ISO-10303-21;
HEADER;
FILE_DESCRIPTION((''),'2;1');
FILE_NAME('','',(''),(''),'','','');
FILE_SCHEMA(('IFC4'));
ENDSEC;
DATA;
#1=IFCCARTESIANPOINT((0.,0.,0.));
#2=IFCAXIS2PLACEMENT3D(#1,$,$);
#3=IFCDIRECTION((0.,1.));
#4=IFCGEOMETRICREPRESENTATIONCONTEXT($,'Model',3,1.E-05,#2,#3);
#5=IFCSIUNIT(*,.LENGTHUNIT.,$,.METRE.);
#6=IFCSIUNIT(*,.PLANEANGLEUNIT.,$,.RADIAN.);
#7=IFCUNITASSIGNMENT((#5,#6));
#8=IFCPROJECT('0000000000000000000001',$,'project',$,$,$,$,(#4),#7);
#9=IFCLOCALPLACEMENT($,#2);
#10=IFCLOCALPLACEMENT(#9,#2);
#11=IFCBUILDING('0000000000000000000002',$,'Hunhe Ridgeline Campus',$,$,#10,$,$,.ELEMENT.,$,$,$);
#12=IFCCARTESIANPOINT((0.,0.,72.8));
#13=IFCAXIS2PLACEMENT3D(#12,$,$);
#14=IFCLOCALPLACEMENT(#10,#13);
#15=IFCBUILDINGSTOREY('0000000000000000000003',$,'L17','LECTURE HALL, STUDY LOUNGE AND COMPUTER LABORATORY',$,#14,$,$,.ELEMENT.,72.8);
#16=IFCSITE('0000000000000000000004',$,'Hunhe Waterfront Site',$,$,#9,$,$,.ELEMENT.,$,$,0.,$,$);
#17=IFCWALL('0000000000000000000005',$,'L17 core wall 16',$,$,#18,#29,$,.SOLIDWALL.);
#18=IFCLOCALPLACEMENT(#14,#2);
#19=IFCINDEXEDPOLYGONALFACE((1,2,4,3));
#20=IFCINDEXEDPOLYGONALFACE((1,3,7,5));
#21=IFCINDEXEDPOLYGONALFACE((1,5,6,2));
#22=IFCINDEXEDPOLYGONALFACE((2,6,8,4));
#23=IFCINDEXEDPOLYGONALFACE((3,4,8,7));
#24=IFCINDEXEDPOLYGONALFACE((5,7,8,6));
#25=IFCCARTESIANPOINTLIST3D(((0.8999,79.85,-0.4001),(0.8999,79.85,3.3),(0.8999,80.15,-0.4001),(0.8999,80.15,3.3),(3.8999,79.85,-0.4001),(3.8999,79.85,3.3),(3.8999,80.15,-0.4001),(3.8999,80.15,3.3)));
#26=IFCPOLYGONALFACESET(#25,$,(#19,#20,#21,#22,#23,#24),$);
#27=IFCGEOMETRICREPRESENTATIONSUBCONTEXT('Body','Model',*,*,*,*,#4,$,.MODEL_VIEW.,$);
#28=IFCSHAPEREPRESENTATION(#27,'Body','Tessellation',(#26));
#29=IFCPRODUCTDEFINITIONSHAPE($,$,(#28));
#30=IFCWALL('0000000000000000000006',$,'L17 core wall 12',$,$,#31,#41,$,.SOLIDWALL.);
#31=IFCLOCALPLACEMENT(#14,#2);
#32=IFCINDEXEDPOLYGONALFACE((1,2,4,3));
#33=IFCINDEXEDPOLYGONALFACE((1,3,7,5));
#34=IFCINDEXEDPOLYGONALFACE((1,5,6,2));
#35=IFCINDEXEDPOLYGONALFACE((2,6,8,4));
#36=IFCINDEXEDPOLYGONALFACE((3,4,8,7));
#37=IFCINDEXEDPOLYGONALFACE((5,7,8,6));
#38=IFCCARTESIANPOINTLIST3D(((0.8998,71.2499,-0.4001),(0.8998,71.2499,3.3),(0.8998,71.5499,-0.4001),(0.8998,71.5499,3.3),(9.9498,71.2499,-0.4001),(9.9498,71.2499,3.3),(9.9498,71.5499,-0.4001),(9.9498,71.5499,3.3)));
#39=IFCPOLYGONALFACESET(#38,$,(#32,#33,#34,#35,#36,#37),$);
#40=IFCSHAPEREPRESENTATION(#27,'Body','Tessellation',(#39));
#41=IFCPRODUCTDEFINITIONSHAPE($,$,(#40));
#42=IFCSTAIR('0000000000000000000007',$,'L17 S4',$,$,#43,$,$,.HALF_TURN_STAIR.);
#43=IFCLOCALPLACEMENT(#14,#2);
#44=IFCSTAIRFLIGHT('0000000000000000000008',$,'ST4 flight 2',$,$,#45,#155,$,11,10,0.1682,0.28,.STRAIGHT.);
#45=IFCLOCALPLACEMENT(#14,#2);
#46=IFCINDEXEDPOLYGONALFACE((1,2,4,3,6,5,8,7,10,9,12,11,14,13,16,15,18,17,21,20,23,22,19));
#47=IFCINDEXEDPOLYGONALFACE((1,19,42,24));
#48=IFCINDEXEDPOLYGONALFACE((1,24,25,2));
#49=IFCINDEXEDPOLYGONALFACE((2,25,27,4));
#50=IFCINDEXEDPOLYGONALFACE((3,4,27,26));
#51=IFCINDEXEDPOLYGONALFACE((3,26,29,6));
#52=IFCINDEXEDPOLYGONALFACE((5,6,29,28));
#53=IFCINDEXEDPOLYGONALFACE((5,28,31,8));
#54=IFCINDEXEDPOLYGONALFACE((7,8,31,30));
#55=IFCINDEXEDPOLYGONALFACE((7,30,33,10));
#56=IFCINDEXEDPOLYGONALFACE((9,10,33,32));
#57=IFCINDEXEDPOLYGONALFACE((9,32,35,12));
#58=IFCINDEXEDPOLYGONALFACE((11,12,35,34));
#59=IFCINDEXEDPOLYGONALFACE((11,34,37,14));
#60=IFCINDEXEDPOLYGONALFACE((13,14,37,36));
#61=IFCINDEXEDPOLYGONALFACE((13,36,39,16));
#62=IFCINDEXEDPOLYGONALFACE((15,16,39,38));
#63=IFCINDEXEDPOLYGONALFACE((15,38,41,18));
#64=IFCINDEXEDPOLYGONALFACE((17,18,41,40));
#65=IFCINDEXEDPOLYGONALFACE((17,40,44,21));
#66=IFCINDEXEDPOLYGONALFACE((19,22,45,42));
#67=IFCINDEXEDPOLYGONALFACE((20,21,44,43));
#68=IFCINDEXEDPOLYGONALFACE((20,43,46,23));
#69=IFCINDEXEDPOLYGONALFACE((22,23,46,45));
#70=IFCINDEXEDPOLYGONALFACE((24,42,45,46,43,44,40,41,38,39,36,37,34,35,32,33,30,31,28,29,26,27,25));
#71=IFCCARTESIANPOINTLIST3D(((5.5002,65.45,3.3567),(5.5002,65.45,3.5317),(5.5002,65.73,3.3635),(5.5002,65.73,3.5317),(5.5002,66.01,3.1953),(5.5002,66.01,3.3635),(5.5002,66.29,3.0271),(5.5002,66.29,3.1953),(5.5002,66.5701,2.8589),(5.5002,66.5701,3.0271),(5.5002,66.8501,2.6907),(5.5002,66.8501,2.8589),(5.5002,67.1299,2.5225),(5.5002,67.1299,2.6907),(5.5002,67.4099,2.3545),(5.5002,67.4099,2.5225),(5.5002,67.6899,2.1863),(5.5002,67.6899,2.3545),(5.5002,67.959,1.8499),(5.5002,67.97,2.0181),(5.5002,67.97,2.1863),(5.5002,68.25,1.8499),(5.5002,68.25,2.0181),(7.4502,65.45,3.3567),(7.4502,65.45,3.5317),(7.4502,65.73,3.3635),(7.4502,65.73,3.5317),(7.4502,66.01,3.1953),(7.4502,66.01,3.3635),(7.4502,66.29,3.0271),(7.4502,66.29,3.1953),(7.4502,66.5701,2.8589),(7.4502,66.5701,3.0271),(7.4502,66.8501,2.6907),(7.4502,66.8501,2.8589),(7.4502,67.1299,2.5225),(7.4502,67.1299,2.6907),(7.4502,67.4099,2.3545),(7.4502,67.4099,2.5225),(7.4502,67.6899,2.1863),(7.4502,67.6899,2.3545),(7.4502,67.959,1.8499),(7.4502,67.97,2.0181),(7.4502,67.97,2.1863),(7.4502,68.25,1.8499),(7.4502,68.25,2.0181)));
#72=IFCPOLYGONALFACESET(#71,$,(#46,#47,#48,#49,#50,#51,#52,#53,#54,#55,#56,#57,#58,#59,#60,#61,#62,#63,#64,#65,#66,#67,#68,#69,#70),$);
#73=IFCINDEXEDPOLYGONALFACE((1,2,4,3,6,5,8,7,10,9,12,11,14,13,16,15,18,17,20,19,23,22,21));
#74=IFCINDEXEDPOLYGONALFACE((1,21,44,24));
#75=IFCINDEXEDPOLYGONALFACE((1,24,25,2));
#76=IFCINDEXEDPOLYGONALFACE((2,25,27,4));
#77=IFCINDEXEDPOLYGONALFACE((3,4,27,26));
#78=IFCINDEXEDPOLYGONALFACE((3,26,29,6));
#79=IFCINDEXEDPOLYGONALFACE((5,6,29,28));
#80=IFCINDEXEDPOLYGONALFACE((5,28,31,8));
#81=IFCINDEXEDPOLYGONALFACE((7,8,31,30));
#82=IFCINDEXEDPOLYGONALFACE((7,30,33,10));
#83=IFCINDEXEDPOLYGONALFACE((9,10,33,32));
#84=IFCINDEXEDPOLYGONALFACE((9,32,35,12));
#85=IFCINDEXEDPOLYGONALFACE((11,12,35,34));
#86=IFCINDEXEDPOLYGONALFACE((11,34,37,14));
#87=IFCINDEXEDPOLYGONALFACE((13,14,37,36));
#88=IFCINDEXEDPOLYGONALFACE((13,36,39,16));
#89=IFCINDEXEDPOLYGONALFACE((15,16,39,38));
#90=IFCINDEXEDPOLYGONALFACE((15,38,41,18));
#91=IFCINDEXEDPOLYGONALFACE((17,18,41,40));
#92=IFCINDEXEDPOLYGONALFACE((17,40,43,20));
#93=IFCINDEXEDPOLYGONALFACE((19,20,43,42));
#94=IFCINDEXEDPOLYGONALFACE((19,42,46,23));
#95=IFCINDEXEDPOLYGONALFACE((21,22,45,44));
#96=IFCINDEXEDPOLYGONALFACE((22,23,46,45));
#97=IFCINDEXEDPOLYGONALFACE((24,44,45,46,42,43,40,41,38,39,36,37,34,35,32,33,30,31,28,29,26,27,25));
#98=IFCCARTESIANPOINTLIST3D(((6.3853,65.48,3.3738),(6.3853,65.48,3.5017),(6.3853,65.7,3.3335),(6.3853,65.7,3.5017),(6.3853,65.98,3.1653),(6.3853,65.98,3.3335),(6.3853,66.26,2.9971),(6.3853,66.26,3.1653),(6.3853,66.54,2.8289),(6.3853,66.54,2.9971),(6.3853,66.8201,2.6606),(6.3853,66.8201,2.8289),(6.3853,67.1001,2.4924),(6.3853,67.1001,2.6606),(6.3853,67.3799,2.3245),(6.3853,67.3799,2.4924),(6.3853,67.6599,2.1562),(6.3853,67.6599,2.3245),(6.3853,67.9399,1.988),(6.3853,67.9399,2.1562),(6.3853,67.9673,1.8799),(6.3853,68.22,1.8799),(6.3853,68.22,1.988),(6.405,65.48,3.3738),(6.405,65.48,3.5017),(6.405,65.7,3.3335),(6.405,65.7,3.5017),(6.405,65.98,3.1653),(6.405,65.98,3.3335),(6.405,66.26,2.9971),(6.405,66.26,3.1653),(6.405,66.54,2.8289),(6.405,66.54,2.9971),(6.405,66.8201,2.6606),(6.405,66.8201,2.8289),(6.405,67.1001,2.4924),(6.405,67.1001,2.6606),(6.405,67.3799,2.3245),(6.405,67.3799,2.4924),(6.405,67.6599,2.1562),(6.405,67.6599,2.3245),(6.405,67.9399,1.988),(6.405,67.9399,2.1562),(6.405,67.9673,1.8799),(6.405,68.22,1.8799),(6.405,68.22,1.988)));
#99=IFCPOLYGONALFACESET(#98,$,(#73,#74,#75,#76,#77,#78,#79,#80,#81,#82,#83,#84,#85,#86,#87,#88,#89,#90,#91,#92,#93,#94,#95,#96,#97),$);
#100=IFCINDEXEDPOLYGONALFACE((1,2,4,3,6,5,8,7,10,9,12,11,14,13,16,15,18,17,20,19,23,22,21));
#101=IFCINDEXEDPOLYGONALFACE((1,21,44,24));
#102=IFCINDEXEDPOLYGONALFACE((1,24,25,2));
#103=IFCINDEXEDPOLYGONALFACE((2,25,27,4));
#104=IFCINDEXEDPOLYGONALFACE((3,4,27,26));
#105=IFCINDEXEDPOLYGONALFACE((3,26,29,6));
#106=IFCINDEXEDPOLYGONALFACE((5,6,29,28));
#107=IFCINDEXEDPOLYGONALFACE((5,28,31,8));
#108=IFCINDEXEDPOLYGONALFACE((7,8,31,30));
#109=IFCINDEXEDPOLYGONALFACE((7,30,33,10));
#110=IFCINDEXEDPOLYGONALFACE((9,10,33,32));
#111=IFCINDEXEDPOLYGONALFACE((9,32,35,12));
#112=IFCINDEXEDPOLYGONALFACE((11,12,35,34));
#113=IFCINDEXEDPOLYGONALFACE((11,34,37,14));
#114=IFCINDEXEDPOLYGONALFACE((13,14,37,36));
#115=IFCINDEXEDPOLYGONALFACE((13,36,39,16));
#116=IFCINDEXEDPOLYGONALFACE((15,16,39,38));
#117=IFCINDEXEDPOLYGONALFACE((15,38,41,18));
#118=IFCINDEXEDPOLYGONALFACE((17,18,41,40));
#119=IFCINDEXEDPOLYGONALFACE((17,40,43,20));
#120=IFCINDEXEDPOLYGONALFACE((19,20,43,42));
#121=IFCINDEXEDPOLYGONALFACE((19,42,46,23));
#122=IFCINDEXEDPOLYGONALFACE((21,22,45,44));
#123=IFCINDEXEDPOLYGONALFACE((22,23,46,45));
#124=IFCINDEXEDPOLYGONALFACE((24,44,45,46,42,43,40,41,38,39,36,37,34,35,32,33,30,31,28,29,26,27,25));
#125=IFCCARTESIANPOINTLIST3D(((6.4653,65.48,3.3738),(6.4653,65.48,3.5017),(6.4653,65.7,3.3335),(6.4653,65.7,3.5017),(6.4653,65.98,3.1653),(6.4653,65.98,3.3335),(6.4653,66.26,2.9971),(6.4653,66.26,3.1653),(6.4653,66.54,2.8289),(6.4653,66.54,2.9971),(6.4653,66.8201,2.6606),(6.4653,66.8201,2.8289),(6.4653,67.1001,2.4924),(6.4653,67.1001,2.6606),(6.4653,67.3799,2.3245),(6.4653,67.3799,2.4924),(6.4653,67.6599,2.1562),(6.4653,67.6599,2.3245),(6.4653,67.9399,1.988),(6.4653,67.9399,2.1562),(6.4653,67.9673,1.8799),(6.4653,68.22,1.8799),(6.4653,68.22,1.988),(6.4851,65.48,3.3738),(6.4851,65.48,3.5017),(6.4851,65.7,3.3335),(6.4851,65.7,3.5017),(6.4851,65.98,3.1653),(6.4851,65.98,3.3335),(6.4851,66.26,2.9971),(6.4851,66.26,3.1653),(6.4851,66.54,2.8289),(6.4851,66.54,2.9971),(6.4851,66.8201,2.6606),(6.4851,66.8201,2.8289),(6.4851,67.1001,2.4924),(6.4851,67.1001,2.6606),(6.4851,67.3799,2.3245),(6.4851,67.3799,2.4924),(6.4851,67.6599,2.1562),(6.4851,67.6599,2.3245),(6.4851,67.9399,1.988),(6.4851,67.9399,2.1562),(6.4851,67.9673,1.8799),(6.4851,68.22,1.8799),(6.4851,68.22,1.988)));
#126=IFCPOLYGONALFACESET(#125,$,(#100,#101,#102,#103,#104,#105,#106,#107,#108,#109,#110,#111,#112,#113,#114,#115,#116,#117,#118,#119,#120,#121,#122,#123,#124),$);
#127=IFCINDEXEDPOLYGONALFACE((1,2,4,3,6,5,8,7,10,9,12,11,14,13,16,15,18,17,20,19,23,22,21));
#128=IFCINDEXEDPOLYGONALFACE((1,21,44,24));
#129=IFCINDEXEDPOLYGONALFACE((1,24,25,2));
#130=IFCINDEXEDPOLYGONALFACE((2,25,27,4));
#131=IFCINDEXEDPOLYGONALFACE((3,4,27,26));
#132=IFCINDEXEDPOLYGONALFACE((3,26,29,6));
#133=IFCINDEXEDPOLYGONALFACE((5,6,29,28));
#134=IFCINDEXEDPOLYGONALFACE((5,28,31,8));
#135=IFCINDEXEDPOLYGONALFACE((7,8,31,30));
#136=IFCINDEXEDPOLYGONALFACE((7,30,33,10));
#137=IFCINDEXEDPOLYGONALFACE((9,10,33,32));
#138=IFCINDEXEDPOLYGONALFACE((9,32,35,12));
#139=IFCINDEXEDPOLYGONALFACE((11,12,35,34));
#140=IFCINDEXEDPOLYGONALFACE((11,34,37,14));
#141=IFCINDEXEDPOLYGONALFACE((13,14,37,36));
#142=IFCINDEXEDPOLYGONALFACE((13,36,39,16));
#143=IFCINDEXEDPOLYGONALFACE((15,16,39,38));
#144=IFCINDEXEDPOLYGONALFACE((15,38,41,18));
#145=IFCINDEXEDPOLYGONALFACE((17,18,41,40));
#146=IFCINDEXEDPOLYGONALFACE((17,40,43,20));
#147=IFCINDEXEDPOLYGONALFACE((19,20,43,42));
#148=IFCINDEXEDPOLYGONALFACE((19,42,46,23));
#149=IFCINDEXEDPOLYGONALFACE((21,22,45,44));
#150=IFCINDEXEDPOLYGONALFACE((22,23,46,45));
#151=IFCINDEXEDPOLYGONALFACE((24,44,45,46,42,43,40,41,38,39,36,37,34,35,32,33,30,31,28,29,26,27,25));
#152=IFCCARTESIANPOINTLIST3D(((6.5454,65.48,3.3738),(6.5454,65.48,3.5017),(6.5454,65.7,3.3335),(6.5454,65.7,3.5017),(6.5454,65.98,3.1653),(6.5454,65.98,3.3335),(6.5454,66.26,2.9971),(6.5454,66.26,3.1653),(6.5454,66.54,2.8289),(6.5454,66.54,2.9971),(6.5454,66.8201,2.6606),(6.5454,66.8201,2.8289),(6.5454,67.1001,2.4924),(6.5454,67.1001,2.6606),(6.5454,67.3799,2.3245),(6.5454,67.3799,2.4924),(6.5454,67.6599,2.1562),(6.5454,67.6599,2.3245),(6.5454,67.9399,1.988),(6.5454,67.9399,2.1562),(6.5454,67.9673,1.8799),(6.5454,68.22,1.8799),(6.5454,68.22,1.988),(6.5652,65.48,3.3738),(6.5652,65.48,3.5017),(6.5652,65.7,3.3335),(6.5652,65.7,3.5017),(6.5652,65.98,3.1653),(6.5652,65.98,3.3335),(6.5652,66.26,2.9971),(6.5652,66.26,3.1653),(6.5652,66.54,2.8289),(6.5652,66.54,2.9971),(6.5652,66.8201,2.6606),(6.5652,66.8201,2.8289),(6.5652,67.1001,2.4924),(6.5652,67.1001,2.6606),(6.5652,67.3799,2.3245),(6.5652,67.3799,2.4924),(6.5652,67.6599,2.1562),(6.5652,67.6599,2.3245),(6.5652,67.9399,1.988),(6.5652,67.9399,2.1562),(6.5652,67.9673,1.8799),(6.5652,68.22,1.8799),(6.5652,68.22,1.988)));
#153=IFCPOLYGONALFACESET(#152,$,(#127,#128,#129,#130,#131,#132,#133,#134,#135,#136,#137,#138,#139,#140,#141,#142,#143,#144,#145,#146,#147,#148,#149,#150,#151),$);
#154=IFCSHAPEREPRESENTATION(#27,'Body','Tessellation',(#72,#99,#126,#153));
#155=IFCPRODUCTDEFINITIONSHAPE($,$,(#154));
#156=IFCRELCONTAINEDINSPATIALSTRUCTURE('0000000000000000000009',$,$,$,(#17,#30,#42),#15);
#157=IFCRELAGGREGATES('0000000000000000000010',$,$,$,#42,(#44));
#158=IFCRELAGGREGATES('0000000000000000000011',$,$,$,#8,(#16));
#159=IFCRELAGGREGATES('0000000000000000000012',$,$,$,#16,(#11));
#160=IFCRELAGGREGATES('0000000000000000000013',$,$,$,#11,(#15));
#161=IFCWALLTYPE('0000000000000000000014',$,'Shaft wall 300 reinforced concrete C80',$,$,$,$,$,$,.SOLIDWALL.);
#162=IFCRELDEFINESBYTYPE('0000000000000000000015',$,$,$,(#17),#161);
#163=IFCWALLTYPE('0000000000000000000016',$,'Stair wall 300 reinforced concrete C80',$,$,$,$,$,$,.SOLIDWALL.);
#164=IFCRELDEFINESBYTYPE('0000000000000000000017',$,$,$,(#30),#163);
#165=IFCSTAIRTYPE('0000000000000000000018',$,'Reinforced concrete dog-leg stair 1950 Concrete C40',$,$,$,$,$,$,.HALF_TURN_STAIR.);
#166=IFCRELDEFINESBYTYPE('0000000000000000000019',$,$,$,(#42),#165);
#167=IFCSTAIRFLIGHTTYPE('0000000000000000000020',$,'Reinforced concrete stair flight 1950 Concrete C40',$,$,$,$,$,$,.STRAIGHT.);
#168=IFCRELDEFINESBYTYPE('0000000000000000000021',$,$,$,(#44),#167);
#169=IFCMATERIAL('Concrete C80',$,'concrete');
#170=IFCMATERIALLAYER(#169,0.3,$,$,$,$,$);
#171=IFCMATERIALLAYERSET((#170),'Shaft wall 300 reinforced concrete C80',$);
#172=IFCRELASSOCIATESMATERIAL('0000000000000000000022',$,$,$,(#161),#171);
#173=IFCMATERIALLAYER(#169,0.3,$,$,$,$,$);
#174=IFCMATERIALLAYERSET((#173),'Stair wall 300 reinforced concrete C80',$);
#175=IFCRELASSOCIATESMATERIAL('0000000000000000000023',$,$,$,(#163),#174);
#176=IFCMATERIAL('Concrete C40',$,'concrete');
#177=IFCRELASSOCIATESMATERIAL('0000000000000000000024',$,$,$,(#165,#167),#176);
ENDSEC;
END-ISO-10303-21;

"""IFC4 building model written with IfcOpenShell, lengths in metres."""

from ifc_helpers import new_model, si_unit, direction, frame, frame_2d, origin, place, context, subcontext, project, spatial, polyline, rectangle, outline, extrude, material, layer, layer_set, type_object, element, aggregate, save


model = new_model("IFC4")

# Units and contexts
model_context = context("Model", 3, precision=1e-05, world=origin(), true_north=direction((0.0, 1.0)))
body_context = subcontext(model_context, "Body", "Model", "MODEL_VIEW")
ifc_project = project(units=[si_unit("LENGTHUNIT", "METRE"), si_unit("PLANEANGLEUNIT", "RADIAN")], contexts=[model_context])

# Site, building, storey
site_placement = place(None, origin())
site = spatial("IfcSite", under=ifc_project, at=site_placement, Name="Hunhe Waterfront Site", CompositionType="ELEMENT", RefElevation=0.0)
building_placement = place(site_placement, origin())
building = spatial("IfcBuilding", under=site, at=building_placement, Name="Hunhe Ridgeline Campus", CompositionType="ELEMENT")
storey_placement = place(building_placement, frame((0.0, 0.0, 72.8)))
storey = spatial("IfcBuildingStorey", under=building, at=storey_placement, Name="L17", Description="LECTURE HALL, STUDY LOUNGE AND COMPUTER LABORATORY", CompositionType="ELEMENT", Elevation=72.8)

# Shared definitions
ifc_material_1 = material(Name="Concrete C80", Category="concrete")
ifc_layer_1 = layer(ifc_material_1, 0.3)
ifc_layer_set_1 = layer_set([ifc_layer_1], Name="Shaft wall 300 reinforced concrete C80")
wall_type_1 = type_object("IfcWallType", Name="Shaft wall 300 reinforced concrete C80", PredefinedType="SOLIDWALL", material=ifc_layer_set_1)

# Wall
wall_1_placement = place(storey_placement, frame((0.8999, 80.0, -0.4001), z_axis=(0.0, 0.0, 1.0), x_axis=(1.0, 0.0, 0.0)))
element("IfcWall", 1, at=wall_1_placement, inside=storey, type_object=wall_type_1, Name="L17 core wall 16", PredefinedType="SOLIDWALL", context=body_context, shape_type="SweptSolid", body=[
    extrude(rectangle(XDim=3.0, YDim=0.3, at=frame_2d((1.5, 0.0))), origin(), (0.0, 0.0, 1.0), 3.7002),
])

# Wall
ifc_layer_2 = layer(ifc_material_1, 0.3)
ifc_layer_set_2 = layer_set([ifc_layer_2], Name="Stair wall 300 reinforced concrete C80")
wall_type_2 = type_object("IfcWallType", Name="Stair wall 300 reinforced concrete C80", PredefinedType="SOLIDWALL", material=ifc_layer_set_2)
wall_2_placement = place(storey_placement, frame((0.8999, 71.3999, -0.4001), z_axis=(0.0, 0.0, 1.0), x_axis=(1.0, 0.0, 0.0)))
element("IfcWall", 2, at=wall_2_placement, inside=storey, type_object=wall_type_2, Name="L17 core wall 12", PredefinedType="SOLIDWALL", context=body_context, shape_type="SweptSolid", body=[
    extrude(rectangle(XDim=9.05, YDim=0.3, at=frame_2d((4.5249, 0.0))), origin(), (0.0, 0.0, 1.0), 3.7002),
])

# Stair, stair flight
ifc_material_2 = material(Name="Concrete C40", Category="concrete")
stair_type = type_object("IfcStairType", Name="Reinforced concrete dog-leg stair 1950 Concrete C40", PredefinedType="HALF_TURN_STAIR", material=ifc_material_2)
stair_placement = place(storey_placement, origin())
stair = element("IfcStair", 3, at=stair_placement, inside=storey, type_object=stair_type, Name="L17 S4", PredefinedType="HALF_TURN_STAIR")
stair_flight_type = type_object("IfcStairFlightType", Name="Reinforced concrete stair flight 1950 Concrete C40", PredefinedType="STRAIGHT", material=ifc_material_2)
stair_flight_placement = place(storey_placement, frame((6.4751, 68.25, 1.8499), z_axis=(0.0, 0.0, 1.0), x_axis=(0.0, -1.0, 0.0)))
stair_flight = element("IfcStairFlight", 4, at=stair_flight_placement, type_object=stair_flight_type, Name="ST4 flight 2", NumberOfRisers=11, NumberOfTreads=10, PredefinedType="STRAIGHT", RiserHeight=0.1682, TreadLength=0.28, context=body_context, shape_type="SweptSolid", body=[
    extrude(outline(polyline([(0.0, 0.0), (0.0, 0.1682), (0.28, 0.1682), (0.28, 0.3364), (0.5601, 0.3364), (0.5601, 0.5046), (0.8401, 0.5046), (0.8401, 0.6726), (1.1201, 0.6726), (1.1201, 0.8408), (1.3999, 0.8408), (1.3999, 1.009), (1.6799, 1.009), (1.6799, 1.1772), (1.96, 1.1772), (1.96, 1.3455), (2.24, 1.3455), (2.24, 1.5137), (2.52, 1.5137), (2.52, 1.6819), (2.8, 1.6819), (2.8, 1.8501), (2.8, 1.5068), (0.291, 0.0), (0.0, 0.0)])), frame((0.0, 0.9751, 0.0), z_axis=(0.0, -1.0, 0.0), x_axis=(1.0, 0.0, 0.0)), (0.0, 0.0, 1.0), 1.95),
    extrude(outline(polyline([(0.03, 0.03), (0.03, 0.1382), (0.3101, 0.1382), (0.3101, 0.3064), (0.5901, 0.3064), (0.5901, 0.4746), (0.8701, 0.4746), (0.8701, 0.6426), (1.1499, 0.6426), (1.1499, 0.8108), (1.4299, 0.8108), (1.4299, 0.979), (1.71, 0.979), (1.71, 1.1472), (1.99, 1.1472), (1.99, 1.3154), (2.27, 1.3154), (2.27, 1.4836), (2.55, 1.4836), (2.55, 1.6519), (2.77, 1.6519), (2.77, 1.5239), (0.2827, 0.03), (0.03, 0.03)])), frame((0.0, -0.0701, 0.0), z_axis=(0.0, -1.0, 0.0), x_axis=(1.0, 0.0, 0.0)), (0.0, 0.0, 1.0), 0.0198),
    extrude(outline(polyline([(0.03, 0.03), (0.03, 0.1382), (0.3101, 0.1382), (0.3101, 0.3064), (0.5901, 0.3064), (0.5901, 0.4746), (0.8701, 0.4746), (0.8701, 0.6426), (1.1499, 0.6426), (1.1499, 0.8108), (1.4299, 0.8108), (1.4299, 0.979), (1.71, 0.979), (1.71, 1.1472), (1.99, 1.1472), (1.99, 1.3154), (2.27, 1.3154), (2.27, 1.4836), (2.55, 1.4836), (2.55, 1.6519), (2.77, 1.6519), (2.77, 1.5239), (0.2827, 0.03), (0.03, 0.03)])), frame((0.0, 0.01, 0.0), z_axis=(0.0, -1.0, 0.0), x_axis=(1.0, 0.0, 0.0)), (0.0, 0.0, 1.0), 0.0198),
    extrude(outline(polyline([(0.03, 0.03), (0.03, 0.1382), (0.3101, 0.1382), (0.3101, 0.3064), (0.5901, 0.3064), (0.5901, 0.4746), (0.8701, 0.4746), (0.8701, 0.6426), (1.1499, 0.6426), (1.1499, 0.8108), (1.4299, 0.8108), (1.4299, 0.979), (1.71, 0.979), (1.71, 1.1472), (1.99, 1.1472), (1.99, 1.3154), (2.27, 1.3154), (2.27, 1.4836), (2.55, 1.4836), (2.55, 1.6519), (2.77, 1.6519), (2.77, 1.5239), (0.2827, 0.03), (0.03, 0.03)])), frame((0.0, 0.0901, 0.0), z_axis=(0.0, -1.0, 0.0), x_axis=(1.0, 0.0, 0.0)), (0.0, 0.0, 1.0), 0.0198),
])
aggregate(stair, [stair_flight])

save(model, "model.ifc")
